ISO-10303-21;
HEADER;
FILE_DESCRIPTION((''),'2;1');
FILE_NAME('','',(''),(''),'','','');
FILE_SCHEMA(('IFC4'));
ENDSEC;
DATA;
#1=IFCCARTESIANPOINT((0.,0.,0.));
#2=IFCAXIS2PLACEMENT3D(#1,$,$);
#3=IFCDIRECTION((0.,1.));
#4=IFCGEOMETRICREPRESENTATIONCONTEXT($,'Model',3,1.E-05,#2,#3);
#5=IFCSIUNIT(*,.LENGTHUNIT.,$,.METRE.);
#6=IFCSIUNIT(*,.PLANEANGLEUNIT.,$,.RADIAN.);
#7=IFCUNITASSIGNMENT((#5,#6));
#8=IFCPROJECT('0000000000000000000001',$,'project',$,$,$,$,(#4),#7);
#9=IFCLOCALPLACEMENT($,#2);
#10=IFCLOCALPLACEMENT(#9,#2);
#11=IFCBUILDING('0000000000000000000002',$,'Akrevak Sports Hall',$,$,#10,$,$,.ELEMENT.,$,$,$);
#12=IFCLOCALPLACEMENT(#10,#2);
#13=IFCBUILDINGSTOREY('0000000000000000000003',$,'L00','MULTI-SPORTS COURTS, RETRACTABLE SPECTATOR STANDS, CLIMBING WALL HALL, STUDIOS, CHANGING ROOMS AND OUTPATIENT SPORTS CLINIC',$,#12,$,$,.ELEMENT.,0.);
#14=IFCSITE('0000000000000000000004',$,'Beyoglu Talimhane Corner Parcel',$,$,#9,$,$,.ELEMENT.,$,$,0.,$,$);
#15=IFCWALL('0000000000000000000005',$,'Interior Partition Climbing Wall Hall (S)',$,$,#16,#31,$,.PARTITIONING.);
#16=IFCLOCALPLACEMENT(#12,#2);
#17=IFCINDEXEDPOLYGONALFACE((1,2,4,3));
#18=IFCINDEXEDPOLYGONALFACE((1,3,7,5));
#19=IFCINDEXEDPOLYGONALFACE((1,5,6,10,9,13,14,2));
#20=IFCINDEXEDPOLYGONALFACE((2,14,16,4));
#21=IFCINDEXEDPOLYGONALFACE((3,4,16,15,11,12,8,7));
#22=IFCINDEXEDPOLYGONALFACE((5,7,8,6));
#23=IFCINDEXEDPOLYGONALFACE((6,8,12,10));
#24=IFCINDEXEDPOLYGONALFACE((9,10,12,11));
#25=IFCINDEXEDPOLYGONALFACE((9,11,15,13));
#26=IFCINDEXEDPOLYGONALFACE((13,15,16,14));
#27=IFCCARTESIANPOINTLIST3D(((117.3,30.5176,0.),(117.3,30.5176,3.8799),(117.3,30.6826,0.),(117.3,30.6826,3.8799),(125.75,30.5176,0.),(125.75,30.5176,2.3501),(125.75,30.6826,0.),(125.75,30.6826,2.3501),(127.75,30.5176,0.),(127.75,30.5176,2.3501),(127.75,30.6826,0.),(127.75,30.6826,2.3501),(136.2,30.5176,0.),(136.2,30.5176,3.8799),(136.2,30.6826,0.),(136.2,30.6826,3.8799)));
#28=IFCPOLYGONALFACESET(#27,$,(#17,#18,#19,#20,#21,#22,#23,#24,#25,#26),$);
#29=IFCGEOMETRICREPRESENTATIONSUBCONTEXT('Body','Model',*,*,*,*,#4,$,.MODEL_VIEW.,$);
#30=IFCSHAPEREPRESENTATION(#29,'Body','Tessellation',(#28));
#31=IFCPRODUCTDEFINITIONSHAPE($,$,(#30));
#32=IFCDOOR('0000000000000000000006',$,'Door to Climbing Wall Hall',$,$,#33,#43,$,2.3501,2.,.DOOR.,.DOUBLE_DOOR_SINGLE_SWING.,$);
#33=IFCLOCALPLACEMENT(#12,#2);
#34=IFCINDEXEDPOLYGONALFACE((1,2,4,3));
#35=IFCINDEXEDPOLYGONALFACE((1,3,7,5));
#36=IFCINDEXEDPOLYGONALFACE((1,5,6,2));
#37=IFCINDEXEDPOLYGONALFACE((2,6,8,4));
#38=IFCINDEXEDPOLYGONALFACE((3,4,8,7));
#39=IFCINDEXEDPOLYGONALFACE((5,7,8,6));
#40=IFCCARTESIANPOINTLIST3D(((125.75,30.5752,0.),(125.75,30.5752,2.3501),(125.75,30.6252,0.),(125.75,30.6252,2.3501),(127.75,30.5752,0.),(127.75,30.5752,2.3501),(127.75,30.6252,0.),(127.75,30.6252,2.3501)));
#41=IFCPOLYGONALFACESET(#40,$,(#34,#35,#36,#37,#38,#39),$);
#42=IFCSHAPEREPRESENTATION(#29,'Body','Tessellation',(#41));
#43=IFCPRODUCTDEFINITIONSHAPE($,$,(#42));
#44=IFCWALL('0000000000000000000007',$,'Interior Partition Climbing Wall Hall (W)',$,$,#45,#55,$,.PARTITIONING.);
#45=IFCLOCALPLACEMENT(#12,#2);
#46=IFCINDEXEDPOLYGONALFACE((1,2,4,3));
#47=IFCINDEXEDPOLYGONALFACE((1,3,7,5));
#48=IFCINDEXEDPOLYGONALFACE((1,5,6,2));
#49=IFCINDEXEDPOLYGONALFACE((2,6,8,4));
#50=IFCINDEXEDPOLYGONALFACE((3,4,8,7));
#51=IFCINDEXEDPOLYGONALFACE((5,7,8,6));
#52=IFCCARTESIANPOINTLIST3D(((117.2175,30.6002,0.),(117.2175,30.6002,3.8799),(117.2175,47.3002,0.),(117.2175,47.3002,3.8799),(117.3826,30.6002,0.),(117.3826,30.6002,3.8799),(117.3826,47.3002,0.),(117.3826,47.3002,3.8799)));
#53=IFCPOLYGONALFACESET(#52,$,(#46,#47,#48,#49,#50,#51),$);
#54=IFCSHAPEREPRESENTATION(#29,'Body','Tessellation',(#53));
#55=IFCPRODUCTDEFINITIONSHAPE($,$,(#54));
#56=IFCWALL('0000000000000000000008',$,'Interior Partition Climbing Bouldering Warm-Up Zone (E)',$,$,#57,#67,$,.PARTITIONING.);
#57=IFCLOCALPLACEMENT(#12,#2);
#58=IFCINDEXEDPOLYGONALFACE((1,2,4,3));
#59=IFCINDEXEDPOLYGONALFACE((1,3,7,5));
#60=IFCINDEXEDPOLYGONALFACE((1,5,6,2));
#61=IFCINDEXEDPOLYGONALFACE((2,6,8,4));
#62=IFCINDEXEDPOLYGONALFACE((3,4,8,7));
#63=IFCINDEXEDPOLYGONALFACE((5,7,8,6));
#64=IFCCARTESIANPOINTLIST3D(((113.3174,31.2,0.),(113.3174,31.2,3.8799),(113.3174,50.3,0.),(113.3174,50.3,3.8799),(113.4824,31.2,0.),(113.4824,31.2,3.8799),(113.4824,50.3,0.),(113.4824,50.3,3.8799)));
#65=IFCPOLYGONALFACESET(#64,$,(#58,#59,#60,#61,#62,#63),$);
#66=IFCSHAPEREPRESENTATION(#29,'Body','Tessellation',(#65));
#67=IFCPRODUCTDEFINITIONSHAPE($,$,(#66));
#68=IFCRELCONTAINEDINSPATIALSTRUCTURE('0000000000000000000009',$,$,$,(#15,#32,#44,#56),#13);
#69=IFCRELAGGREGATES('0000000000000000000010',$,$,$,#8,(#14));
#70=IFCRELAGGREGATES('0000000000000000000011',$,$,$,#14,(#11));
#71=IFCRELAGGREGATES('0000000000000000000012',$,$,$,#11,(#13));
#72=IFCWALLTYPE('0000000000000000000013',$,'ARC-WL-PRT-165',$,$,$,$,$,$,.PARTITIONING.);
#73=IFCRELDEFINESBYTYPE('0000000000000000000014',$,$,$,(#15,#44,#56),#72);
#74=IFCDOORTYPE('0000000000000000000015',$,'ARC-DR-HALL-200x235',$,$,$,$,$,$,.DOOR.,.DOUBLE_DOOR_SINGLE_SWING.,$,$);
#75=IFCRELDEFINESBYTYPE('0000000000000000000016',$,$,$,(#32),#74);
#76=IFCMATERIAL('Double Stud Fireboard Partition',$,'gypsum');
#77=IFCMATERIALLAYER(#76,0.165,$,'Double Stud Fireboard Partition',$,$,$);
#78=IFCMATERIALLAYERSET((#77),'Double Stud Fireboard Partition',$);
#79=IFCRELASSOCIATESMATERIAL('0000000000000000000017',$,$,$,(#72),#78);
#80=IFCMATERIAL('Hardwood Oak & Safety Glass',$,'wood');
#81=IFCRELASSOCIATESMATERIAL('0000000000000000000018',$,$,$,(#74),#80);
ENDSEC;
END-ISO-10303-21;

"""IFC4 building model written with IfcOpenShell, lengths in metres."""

from ifc_helpers import new_model, si_unit, direction, frame, frame_2d, origin, place, context, subcontext, project, spatial, rectangle, extrude, material, layer, layer_set, type_object, element, fill, save


model = new_model("IFC4")

# Units and contexts
model_context = context("Model", 3, precision=1e-05, world=origin(), true_north=direction((0.0, 1.0)))
body_context = subcontext(model_context, "Body", "Model", "MODEL_VIEW")
ifc_project = project(units=[si_unit("LENGTHUNIT", "METRE"), si_unit("PLANEANGLEUNIT", "RADIAN")], contexts=[model_context])

# Site, building, storey
site_placement = place(None, origin())
site = spatial("IfcSite", under=ifc_project, at=site_placement, Name="Beyoglu Talimhane Corner Parcel", CompositionType="ELEMENT", RefElevation=0.0)
building_placement = place(site_placement, origin())
building = spatial("IfcBuilding", under=site, at=building_placement, Name="Akrevak Sports Hall", CompositionType="ELEMENT")
storey_placement = place(building_placement, origin())
storey = spatial("IfcBuildingStorey", under=building, at=storey_placement, Name="L00", Description="MULTI-SPORTS COURTS, RETRACTABLE SPECTATOR STANDS, CLIMBING WALL HALL, STUDIOS, CHANGING ROOMS AND OUTPATIENT SPORTS CLINIC", CompositionType="ELEMENT", Elevation=0.0)

# Wall, opening, door
ifc_material_1 = material(Name="Double Stud Fireboard Partition", Category="gypsum")
ifc_layer = layer(ifc_material_1, 0.165, Name="Double Stud Fireboard Partition")
ifc_layer_set = layer_set([ifc_layer], Name="Double Stud Fireboard Partition")
wall_type = type_object("IfcWallType", Name="ARC-WL-PRT-165", PredefinedType="PARTITIONING", material=ifc_layer_set)
wall_1_placement = place(storey_placement, frame((117.3, 30.6001, 0.0), z_axis=(0.0, 0.0, 1.0), x_axis=(1.0, 0.0, 0.0)))
wall_1 = element("IfcWall", 1, at=wall_1_placement, inside=storey, type_object=wall_type, Name="Interior Partition Climbing Wall Hall (S)", PredefinedType="PARTITIONING", context=body_context, shape_type="SweptSolid", body=[
    extrude(rectangle(XDim=18.8999, YDim=0.165, at=frame_2d((9.45, 0.0))), origin(), (0.0, 0.0, 1.0), 3.8799),
])
opening_placement = place(wall_1_placement, frame((8.45, 0.0, 0.0)))
opening = element("IfcOpeningElement", 2, at=opening_placement, cuts=wall_1, PredefinedType="OPENING", context=body_context, shape_type="SweptSolid", body=[
    extrude(rectangle(XDim=2.0, YDim=2.3501, at=frame_2d((1.0, 1.175))), frame((0.0, 0.0945, 0.0), z_axis=(0.0, -1.0, 0.0), x_axis=(1.0, 0.0, 0.0)), (0.0, 0.0, 1.0), 0.189),
])
ifc_material_2 = material(Name="Hardwood Oak & Safety Glass", Category="wood")
door_type = type_object("IfcDoorType", Name="ARC-DR-HALL-200x235", OperationType="DOUBLE_DOOR_SINGLE_SWING", PredefinedType="DOOR", material=ifc_material_2)
door_placement = place(opening_placement, frame((2.0, 0.0, 0.0), z_axis=(0.0, 0.0, 1.0), x_axis=(-1.0, 0.0, 0.0)))
door = element("IfcDoor", 3, at=door_placement, inside=storey, type_object=door_type, Name="Door to Climbing Wall Hall", OperationType="DOUBLE_DOOR_SINGLE_SWING", OverallHeight=2.3501, OverallWidth=2.0, PredefinedType="DOOR", context=body_context, shape_type="SweptSolid", body=[
    extrude(rectangle(XDim=2.0, YDim=2.3501, at=frame_2d((1.0, 1.175))), frame((0.0, 0.0249, 0.0), z_axis=(0.0, -1.0, 0.0), x_axis=(1.0, 0.0, 0.0)), (0.0, 0.0, 1.0), 0.05),
])
fill(opening, door)

# Walls
wall_2_placement = place(storey_placement, frame((117.3, 30.6001, 0.0), z_axis=(0.0, 0.0, 1.0), x_axis=(0.0, 1.0, 0.0)))
element("IfcWall", 4, at=wall_2_placement, inside=storey, type_object=wall_type, Name="Interior Partition Climbing Wall Hall (W)", PredefinedType="PARTITIONING", context=body_context, shape_type="SweptSolid", body=[
    extrude(rectangle(XDim=16.7, YDim=0.165, at=frame_2d((8.3501, 0.0))), origin(), (0.0, 0.0, 1.0), 3.8799),
])
wall_3_placement = place(storey_placement, frame((113.3999, 31.2, 0.0), z_axis=(0.0, 0.0, 1.0), x_axis=(0.0, 1.0, 0.0)))
element("IfcWall", 5, at=wall_3_placement, inside=storey, type_object=wall_type, Name="Interior Partition Climbing Bouldering Warm-Up Zone (E)", PredefinedType="PARTITIONING", context=body_context, shape_type="SweptSolid", body=[
    extrude(rectangle(XDim=19.1001, YDim=0.165, at=frame_2d((9.55, 0.0))), origin(), (0.0, 0.0, 1.0), 3.8799),
])

save(model, "model.ifc")
